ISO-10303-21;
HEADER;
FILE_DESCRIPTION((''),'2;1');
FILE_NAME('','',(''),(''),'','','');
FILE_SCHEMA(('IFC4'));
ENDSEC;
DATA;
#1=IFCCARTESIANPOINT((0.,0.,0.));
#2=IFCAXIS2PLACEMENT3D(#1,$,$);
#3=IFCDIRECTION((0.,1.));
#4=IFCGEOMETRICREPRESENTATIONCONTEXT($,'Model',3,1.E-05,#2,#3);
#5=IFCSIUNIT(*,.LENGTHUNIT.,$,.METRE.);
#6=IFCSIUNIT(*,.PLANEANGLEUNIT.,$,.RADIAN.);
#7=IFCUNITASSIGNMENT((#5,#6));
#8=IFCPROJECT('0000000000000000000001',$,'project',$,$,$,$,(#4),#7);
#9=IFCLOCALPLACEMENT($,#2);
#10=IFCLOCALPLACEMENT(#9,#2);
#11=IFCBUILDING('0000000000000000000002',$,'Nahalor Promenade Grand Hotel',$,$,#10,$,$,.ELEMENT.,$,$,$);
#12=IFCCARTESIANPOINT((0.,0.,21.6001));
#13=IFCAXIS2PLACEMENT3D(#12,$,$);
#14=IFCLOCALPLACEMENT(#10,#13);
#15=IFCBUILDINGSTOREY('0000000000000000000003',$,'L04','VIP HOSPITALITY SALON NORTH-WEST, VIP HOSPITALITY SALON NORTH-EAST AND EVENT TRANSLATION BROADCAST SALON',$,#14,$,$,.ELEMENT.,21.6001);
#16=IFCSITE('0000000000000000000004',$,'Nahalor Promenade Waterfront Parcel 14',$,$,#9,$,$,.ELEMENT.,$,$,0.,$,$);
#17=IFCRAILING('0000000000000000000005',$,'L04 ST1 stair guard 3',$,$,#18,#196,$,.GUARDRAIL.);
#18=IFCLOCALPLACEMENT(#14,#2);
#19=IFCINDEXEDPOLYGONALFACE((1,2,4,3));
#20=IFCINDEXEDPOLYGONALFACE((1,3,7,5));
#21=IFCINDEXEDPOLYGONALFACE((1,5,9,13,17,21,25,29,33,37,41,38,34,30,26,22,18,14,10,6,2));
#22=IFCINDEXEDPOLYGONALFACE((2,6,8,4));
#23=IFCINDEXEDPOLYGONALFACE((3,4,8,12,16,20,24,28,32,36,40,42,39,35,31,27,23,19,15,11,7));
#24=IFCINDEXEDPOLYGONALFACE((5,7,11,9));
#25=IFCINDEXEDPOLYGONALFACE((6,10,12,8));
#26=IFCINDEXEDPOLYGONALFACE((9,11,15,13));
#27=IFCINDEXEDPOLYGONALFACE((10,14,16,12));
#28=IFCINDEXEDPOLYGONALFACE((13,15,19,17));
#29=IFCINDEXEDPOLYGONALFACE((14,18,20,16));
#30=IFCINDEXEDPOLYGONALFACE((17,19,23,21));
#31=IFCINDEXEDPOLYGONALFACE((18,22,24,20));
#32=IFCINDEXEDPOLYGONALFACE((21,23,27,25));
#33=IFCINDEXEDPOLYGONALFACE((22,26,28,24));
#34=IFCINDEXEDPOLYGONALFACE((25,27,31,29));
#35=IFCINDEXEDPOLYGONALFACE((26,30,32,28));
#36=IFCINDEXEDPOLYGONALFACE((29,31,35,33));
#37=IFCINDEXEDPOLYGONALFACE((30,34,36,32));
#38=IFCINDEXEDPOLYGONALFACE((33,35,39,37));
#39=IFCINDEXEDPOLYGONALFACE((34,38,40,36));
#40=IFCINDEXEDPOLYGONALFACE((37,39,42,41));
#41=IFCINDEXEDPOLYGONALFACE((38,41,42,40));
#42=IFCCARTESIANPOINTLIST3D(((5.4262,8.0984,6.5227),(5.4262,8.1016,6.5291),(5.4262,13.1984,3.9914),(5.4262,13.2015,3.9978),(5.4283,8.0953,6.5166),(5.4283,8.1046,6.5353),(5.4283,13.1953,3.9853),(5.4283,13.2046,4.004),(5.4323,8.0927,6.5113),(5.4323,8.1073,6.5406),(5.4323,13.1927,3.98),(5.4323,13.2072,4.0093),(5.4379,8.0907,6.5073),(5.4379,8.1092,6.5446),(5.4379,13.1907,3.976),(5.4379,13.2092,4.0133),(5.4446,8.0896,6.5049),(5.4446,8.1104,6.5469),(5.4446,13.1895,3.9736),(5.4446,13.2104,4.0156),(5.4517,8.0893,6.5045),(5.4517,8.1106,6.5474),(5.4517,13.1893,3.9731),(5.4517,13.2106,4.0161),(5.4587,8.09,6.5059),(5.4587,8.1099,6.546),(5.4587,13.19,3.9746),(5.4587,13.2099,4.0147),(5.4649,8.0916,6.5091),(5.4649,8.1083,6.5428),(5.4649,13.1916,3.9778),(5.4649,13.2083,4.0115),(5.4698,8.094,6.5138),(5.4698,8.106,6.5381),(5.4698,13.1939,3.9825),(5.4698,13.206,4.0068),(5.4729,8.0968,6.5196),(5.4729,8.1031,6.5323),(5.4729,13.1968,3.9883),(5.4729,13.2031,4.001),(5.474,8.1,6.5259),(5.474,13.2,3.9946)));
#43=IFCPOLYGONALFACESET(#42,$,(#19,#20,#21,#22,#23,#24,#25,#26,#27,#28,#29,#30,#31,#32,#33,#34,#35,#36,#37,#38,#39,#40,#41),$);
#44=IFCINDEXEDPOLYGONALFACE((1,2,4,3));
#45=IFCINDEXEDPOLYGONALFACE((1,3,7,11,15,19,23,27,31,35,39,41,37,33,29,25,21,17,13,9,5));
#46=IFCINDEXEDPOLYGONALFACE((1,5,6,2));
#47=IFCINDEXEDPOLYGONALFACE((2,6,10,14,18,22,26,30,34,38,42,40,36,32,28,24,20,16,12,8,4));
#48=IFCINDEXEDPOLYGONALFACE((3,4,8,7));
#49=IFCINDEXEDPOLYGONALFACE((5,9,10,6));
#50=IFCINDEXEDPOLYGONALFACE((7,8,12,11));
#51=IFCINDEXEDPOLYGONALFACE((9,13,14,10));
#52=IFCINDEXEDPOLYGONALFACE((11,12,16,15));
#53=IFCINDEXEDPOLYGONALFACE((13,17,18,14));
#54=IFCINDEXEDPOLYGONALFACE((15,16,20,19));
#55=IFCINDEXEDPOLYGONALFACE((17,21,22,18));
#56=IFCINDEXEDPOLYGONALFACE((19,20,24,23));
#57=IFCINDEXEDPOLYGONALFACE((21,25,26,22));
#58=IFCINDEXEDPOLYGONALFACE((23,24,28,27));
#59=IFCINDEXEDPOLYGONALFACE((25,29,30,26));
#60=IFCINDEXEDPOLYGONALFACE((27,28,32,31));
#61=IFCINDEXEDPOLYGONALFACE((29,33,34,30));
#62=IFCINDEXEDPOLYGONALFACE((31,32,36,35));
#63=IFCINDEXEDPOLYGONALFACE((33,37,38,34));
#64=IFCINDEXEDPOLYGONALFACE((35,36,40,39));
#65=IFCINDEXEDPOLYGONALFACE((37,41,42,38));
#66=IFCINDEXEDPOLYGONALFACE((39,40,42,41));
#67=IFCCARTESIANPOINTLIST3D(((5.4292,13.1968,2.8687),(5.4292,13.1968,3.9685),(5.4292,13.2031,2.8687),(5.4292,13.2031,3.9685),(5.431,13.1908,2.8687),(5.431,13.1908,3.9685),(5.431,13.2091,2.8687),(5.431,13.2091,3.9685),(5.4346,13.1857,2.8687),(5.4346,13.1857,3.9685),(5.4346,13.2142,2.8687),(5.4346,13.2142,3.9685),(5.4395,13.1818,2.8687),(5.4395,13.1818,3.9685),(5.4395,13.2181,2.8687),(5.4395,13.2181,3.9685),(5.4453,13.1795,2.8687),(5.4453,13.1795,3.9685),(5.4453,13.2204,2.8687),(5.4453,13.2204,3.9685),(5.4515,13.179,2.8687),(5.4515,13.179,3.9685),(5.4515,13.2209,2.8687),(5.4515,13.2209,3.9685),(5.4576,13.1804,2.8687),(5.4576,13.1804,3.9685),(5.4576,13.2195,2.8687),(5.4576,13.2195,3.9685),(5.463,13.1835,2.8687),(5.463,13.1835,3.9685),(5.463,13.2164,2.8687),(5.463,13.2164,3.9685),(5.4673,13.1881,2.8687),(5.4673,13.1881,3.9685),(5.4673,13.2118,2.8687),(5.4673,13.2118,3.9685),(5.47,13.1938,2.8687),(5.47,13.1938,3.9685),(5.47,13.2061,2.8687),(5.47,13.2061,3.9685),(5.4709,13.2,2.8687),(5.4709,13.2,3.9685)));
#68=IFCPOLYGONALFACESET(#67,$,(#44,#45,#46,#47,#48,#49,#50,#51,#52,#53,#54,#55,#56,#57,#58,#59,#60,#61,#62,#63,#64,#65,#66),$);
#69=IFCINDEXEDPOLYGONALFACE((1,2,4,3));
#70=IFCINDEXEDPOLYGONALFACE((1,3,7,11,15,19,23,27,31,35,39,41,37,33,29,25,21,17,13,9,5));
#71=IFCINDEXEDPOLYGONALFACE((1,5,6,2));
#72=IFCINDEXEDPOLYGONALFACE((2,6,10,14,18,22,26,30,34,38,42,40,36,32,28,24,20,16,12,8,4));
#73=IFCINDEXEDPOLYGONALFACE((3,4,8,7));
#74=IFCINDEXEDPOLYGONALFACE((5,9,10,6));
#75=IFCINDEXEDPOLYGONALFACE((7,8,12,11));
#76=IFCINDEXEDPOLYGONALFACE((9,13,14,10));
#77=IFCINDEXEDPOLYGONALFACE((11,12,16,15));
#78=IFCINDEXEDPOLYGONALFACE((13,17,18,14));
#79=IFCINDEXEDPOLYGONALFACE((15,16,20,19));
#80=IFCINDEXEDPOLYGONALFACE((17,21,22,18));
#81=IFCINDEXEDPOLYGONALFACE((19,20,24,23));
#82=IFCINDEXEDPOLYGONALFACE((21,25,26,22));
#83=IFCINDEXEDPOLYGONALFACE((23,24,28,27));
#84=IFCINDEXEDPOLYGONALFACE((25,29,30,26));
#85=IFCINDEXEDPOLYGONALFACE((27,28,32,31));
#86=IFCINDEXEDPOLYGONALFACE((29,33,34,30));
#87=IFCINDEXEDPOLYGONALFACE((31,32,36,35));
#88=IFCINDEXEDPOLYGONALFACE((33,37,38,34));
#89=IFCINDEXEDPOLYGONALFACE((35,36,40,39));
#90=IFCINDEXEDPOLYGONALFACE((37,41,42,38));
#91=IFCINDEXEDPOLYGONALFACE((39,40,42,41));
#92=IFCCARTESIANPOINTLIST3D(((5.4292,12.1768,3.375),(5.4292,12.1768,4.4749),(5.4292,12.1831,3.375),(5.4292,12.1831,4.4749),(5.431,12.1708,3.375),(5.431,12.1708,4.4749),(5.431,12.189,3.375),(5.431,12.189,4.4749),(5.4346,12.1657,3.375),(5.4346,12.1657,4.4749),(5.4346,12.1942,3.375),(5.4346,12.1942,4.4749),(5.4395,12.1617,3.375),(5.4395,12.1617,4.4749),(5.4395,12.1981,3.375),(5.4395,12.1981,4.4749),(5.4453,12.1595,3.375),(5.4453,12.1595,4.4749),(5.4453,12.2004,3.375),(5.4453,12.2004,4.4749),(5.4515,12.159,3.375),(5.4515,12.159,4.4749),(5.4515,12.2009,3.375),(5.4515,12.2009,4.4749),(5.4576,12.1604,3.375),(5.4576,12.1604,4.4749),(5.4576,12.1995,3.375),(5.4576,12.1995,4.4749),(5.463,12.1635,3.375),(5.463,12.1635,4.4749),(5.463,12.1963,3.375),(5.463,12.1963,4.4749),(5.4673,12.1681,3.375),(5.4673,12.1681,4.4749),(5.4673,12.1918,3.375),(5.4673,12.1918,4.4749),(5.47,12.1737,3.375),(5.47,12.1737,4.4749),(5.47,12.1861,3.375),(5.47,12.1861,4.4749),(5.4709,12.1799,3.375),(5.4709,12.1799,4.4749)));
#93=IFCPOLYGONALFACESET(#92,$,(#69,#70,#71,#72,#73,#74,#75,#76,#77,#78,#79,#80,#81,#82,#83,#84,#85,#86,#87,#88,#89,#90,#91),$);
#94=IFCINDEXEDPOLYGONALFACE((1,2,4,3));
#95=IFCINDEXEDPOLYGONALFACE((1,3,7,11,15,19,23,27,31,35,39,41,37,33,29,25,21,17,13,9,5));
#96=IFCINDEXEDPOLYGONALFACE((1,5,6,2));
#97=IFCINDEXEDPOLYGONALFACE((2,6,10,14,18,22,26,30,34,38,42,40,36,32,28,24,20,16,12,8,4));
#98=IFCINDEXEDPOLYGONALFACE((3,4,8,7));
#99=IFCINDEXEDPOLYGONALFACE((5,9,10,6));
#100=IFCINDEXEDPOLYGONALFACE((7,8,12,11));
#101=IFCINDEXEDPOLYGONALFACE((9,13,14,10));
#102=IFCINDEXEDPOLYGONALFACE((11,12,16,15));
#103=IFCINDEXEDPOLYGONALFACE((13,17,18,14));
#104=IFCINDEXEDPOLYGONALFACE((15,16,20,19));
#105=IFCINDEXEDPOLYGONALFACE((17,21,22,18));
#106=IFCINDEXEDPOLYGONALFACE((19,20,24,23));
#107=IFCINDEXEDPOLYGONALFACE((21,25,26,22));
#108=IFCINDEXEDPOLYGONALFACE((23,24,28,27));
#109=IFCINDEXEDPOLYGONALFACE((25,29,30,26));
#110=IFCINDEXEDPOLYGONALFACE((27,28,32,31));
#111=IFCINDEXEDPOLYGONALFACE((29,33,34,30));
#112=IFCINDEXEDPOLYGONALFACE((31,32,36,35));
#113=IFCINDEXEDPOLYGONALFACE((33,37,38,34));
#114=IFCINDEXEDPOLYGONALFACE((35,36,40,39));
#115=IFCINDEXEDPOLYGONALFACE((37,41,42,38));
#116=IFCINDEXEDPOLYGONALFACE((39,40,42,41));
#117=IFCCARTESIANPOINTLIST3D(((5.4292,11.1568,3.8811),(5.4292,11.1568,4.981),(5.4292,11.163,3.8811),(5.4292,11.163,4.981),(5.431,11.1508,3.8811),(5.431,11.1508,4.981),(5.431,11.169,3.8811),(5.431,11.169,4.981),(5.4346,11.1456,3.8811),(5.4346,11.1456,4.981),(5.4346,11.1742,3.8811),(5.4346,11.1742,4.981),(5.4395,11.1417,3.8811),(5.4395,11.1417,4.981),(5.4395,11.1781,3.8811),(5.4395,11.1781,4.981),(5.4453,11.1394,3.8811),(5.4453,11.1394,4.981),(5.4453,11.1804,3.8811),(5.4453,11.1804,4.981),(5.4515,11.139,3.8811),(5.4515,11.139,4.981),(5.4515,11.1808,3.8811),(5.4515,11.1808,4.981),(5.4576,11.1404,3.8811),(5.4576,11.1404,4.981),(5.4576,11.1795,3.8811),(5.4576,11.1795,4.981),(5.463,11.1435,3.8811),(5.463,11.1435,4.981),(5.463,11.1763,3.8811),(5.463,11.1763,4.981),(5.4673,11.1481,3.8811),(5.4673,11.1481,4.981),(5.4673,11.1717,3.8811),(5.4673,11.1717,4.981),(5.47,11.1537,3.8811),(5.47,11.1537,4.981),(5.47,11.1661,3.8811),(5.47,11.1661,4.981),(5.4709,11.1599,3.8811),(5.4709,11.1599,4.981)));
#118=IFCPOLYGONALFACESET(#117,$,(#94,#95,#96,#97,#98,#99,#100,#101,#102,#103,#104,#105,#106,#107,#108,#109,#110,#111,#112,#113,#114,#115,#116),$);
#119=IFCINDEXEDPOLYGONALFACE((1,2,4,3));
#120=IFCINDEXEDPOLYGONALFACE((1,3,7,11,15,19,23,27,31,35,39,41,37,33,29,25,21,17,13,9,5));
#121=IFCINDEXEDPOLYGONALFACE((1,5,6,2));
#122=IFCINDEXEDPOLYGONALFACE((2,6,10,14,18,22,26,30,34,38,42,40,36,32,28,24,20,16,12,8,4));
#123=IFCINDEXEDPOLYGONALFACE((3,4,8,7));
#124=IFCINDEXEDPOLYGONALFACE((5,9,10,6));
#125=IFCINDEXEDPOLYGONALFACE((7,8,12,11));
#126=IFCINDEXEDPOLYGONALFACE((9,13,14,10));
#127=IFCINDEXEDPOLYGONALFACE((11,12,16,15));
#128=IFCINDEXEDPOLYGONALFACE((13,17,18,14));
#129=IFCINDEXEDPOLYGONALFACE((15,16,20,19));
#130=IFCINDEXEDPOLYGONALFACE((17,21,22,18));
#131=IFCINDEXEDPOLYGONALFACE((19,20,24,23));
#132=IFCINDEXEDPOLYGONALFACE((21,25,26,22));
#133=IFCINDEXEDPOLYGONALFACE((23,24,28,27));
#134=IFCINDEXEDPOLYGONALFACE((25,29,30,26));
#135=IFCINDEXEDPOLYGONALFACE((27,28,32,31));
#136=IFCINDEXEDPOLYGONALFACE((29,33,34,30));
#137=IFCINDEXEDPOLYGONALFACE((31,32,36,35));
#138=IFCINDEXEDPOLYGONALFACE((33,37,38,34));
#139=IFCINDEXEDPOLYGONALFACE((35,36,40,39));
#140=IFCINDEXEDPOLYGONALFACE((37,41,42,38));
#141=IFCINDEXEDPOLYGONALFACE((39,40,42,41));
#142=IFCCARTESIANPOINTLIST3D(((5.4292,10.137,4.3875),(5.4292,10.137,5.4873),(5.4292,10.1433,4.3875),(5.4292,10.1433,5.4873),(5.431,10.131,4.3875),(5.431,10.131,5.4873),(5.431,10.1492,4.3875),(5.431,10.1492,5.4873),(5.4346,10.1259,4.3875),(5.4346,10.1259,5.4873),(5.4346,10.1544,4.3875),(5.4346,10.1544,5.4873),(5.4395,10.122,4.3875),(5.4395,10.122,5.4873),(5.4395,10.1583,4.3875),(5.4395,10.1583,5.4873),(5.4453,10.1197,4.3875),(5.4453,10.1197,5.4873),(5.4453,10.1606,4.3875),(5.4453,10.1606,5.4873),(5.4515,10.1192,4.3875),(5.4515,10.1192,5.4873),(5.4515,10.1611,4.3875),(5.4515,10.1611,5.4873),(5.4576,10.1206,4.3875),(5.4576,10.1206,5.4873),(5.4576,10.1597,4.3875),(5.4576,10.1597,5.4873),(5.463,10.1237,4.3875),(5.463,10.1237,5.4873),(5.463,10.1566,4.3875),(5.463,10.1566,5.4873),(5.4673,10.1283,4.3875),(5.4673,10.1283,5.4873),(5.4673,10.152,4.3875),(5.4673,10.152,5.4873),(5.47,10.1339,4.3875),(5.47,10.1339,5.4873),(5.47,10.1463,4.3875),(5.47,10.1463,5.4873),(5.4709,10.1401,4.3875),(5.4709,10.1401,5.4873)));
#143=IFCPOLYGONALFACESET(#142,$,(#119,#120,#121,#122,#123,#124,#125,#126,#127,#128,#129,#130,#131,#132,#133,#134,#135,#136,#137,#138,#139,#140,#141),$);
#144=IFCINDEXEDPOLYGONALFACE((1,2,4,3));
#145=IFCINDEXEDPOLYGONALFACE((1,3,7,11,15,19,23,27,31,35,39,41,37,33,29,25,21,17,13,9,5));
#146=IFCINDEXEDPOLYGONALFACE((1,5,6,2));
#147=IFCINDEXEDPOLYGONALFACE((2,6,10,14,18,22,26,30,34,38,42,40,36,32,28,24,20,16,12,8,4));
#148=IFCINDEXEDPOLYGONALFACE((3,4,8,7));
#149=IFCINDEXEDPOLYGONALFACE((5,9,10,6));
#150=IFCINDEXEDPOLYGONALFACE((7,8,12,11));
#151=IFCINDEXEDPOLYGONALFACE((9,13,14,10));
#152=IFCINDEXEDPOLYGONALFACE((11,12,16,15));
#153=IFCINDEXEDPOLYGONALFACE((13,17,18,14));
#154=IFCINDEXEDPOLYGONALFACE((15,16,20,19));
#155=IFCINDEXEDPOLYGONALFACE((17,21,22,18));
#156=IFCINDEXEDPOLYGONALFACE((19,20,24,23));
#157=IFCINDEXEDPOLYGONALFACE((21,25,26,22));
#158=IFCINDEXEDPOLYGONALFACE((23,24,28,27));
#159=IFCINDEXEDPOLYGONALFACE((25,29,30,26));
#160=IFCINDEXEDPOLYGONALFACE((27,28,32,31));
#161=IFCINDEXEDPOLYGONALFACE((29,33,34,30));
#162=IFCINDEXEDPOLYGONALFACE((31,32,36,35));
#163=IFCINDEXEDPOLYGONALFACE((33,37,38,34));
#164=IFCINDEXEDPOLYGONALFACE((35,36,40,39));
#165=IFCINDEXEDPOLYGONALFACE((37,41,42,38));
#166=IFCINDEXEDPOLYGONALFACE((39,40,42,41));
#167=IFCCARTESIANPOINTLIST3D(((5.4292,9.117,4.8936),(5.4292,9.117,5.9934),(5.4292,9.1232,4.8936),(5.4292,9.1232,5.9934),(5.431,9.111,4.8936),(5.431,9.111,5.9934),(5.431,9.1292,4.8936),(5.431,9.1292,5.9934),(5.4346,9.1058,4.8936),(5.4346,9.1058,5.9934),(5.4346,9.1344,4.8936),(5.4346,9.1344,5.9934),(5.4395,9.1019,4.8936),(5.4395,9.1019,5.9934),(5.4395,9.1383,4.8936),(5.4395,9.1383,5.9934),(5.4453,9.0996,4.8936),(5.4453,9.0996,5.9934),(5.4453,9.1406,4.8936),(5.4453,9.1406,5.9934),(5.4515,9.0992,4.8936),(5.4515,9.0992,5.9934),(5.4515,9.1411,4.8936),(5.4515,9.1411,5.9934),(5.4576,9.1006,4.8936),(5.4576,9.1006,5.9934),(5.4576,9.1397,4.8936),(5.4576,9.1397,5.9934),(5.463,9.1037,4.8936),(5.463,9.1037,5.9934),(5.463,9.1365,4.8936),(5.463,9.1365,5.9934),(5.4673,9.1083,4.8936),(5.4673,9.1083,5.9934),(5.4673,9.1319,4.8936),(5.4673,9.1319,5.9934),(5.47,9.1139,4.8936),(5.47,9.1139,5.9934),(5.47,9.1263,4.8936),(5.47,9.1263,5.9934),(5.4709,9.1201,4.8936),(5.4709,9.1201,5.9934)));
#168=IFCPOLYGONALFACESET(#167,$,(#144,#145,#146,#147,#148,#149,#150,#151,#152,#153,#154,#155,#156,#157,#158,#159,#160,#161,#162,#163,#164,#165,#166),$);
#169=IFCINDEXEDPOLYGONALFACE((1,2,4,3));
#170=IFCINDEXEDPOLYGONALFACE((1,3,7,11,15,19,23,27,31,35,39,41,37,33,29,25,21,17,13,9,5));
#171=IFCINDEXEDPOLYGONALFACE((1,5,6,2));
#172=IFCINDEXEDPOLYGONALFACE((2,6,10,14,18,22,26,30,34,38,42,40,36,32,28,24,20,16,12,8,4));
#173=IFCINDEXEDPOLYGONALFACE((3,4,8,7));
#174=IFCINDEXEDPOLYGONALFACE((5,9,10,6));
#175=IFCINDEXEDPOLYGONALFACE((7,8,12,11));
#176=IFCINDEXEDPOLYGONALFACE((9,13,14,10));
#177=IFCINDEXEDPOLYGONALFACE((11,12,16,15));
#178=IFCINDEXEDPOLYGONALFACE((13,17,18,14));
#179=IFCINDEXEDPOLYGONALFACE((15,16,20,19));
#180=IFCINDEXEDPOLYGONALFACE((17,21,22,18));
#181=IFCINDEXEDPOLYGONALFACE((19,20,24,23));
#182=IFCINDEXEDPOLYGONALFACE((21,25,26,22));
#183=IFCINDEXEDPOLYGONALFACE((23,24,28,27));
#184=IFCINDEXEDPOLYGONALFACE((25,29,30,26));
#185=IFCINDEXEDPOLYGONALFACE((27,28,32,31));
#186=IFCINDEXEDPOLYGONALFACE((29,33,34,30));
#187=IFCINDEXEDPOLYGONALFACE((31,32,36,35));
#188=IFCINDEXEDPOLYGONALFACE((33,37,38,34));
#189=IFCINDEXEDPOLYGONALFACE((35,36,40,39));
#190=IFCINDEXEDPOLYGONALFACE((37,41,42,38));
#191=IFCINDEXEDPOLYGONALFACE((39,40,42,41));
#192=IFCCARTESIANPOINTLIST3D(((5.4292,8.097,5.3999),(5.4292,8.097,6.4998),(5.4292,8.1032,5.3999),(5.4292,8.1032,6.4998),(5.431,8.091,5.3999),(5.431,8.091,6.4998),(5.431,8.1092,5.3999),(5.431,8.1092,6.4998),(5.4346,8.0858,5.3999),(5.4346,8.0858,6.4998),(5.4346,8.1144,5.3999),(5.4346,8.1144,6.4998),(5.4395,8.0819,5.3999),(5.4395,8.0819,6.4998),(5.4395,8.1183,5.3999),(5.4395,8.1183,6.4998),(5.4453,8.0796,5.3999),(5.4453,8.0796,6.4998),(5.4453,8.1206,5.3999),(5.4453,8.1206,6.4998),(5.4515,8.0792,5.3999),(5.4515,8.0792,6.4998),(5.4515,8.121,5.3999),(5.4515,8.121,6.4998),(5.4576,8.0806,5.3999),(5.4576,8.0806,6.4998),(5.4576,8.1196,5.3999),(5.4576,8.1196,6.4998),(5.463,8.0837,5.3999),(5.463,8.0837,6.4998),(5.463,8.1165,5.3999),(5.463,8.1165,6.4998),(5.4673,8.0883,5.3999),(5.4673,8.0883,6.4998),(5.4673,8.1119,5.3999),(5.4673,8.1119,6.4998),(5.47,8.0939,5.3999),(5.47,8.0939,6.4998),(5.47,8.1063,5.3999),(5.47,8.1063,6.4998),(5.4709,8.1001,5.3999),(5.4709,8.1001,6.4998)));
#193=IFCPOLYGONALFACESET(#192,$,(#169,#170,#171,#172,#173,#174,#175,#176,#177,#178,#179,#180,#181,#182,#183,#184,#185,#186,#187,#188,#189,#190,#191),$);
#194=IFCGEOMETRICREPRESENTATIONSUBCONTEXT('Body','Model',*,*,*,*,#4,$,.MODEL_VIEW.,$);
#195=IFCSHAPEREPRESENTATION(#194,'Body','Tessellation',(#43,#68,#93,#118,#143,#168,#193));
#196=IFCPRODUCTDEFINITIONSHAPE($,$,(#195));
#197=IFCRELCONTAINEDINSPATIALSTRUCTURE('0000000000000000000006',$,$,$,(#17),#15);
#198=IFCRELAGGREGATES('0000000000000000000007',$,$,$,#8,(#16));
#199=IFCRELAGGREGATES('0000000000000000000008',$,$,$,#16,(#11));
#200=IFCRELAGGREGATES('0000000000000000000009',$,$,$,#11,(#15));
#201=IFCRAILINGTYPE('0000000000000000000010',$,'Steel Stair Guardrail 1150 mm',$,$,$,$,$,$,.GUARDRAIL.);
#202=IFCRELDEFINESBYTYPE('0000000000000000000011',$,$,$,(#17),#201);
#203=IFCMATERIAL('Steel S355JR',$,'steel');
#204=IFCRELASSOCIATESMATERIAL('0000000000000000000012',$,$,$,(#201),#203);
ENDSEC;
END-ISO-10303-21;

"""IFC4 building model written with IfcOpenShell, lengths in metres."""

from ifc_helpers import new_model, si_unit, direction, frame, origin, origin_2d, place, context, subcontext, project, spatial, circle, extrude, material, type_object, element, save


model = new_model("IFC4")

# Units and contexts
model_context = context("Model", 3, precision=1e-05, world=origin(), true_north=direction((0.0, 1.0)))
body_context = subcontext(model_context, "Body", "Model", "MODEL_VIEW")
ifc_project = project(units=[si_unit("LENGTHUNIT", "METRE"), si_unit("PLANEANGLEUNIT", "RADIAN")], contexts=[model_context])

# Site, building, storey
site_placement = place(None, origin())
site = spatial("IfcSite", under=ifc_project, at=site_placement, Name="Nahalor Promenade Waterfront Parcel 14", CompositionType="ELEMENT", RefElevation=0.0)
building_placement = place(site_placement, origin())
building = spatial("IfcBuilding", under=site, at=building_placement, Name="Nahalor Promenade Grand Hotel", CompositionType="ELEMENT")
storey_placement = place(building_placement, frame((0.0, 0.0, 21.6001)))
storey = spatial("IfcBuildingStorey", under=building, at=storey_placement, Name="L04", Description="VIP HOSPITALITY SALON NORTH-WEST, VIP HOSPITALITY SALON NORTH-EAST AND EVENT TRANSLATION BROADCAST SALON", CompositionType="ELEMENT", Elevation=21.6001)

# Shared definitions
ifc_material_1 = material(Name="Steel S355JR", Category="steel")

# Railing
railing_type_1 = type_object("IfcRailingType", Name="Steel Stair Guardrail 1150 mm", PredefinedType="GUARDRAIL", material=ifc_material_1)
railing_1_placement = place(storey_placement, frame((5.45, 13.2, 2.8687)))
element("IfcRailing", 1, at=railing_1_placement, inside=storey, type_object=railing_type_1, Name="L04 ST1 stair guard 3", PredefinedType="GUARDRAIL", context=body_context, shape_type="SweptSolid", body=[
    extrude(circle(Radius=0.024, at=origin_2d()), frame((0.0, 0.0, 1.126), z_axis=(0.0, -0.895735, 0.444587), x_axis=(1.0, 0.0, 0.0)), (0.0, 0.0, 1.0), 5.6936),
    extrude(circle(Radius=0.021, at=origin_2d()), origin(), (0.0, 0.0, 1.0), 1.0999),
    extrude(circle(Radius=0.021, at=origin_2d()), frame((0.0, -1.02, 0.5063)), (0.0, 0.0, 1.0), 1.0999),
    extrude(circle(Radius=0.021, at=origin_2d()), frame((0.0, -2.04, 1.0125)), (0.0, 0.0, 1.0), 1.0999),
    extrude(circle(Radius=0.021, at=origin_2d()), frame((0.0, -3.0598, 1.5188)), (0.0, 0.0, 1.0), 1.0999),
    extrude(circle(Radius=0.021, at=origin_2d()), frame((0.0, -4.0798, 2.0249)), (0.0, 0.0, 1.0), 1.0999),
    extrude(circle(Radius=0.021, at=origin_2d()), frame((0.0, -5.0999, 2.5312)), (0.0, 0.0, 1.0), 1.0999),
])

save(model, "model.ifc")
